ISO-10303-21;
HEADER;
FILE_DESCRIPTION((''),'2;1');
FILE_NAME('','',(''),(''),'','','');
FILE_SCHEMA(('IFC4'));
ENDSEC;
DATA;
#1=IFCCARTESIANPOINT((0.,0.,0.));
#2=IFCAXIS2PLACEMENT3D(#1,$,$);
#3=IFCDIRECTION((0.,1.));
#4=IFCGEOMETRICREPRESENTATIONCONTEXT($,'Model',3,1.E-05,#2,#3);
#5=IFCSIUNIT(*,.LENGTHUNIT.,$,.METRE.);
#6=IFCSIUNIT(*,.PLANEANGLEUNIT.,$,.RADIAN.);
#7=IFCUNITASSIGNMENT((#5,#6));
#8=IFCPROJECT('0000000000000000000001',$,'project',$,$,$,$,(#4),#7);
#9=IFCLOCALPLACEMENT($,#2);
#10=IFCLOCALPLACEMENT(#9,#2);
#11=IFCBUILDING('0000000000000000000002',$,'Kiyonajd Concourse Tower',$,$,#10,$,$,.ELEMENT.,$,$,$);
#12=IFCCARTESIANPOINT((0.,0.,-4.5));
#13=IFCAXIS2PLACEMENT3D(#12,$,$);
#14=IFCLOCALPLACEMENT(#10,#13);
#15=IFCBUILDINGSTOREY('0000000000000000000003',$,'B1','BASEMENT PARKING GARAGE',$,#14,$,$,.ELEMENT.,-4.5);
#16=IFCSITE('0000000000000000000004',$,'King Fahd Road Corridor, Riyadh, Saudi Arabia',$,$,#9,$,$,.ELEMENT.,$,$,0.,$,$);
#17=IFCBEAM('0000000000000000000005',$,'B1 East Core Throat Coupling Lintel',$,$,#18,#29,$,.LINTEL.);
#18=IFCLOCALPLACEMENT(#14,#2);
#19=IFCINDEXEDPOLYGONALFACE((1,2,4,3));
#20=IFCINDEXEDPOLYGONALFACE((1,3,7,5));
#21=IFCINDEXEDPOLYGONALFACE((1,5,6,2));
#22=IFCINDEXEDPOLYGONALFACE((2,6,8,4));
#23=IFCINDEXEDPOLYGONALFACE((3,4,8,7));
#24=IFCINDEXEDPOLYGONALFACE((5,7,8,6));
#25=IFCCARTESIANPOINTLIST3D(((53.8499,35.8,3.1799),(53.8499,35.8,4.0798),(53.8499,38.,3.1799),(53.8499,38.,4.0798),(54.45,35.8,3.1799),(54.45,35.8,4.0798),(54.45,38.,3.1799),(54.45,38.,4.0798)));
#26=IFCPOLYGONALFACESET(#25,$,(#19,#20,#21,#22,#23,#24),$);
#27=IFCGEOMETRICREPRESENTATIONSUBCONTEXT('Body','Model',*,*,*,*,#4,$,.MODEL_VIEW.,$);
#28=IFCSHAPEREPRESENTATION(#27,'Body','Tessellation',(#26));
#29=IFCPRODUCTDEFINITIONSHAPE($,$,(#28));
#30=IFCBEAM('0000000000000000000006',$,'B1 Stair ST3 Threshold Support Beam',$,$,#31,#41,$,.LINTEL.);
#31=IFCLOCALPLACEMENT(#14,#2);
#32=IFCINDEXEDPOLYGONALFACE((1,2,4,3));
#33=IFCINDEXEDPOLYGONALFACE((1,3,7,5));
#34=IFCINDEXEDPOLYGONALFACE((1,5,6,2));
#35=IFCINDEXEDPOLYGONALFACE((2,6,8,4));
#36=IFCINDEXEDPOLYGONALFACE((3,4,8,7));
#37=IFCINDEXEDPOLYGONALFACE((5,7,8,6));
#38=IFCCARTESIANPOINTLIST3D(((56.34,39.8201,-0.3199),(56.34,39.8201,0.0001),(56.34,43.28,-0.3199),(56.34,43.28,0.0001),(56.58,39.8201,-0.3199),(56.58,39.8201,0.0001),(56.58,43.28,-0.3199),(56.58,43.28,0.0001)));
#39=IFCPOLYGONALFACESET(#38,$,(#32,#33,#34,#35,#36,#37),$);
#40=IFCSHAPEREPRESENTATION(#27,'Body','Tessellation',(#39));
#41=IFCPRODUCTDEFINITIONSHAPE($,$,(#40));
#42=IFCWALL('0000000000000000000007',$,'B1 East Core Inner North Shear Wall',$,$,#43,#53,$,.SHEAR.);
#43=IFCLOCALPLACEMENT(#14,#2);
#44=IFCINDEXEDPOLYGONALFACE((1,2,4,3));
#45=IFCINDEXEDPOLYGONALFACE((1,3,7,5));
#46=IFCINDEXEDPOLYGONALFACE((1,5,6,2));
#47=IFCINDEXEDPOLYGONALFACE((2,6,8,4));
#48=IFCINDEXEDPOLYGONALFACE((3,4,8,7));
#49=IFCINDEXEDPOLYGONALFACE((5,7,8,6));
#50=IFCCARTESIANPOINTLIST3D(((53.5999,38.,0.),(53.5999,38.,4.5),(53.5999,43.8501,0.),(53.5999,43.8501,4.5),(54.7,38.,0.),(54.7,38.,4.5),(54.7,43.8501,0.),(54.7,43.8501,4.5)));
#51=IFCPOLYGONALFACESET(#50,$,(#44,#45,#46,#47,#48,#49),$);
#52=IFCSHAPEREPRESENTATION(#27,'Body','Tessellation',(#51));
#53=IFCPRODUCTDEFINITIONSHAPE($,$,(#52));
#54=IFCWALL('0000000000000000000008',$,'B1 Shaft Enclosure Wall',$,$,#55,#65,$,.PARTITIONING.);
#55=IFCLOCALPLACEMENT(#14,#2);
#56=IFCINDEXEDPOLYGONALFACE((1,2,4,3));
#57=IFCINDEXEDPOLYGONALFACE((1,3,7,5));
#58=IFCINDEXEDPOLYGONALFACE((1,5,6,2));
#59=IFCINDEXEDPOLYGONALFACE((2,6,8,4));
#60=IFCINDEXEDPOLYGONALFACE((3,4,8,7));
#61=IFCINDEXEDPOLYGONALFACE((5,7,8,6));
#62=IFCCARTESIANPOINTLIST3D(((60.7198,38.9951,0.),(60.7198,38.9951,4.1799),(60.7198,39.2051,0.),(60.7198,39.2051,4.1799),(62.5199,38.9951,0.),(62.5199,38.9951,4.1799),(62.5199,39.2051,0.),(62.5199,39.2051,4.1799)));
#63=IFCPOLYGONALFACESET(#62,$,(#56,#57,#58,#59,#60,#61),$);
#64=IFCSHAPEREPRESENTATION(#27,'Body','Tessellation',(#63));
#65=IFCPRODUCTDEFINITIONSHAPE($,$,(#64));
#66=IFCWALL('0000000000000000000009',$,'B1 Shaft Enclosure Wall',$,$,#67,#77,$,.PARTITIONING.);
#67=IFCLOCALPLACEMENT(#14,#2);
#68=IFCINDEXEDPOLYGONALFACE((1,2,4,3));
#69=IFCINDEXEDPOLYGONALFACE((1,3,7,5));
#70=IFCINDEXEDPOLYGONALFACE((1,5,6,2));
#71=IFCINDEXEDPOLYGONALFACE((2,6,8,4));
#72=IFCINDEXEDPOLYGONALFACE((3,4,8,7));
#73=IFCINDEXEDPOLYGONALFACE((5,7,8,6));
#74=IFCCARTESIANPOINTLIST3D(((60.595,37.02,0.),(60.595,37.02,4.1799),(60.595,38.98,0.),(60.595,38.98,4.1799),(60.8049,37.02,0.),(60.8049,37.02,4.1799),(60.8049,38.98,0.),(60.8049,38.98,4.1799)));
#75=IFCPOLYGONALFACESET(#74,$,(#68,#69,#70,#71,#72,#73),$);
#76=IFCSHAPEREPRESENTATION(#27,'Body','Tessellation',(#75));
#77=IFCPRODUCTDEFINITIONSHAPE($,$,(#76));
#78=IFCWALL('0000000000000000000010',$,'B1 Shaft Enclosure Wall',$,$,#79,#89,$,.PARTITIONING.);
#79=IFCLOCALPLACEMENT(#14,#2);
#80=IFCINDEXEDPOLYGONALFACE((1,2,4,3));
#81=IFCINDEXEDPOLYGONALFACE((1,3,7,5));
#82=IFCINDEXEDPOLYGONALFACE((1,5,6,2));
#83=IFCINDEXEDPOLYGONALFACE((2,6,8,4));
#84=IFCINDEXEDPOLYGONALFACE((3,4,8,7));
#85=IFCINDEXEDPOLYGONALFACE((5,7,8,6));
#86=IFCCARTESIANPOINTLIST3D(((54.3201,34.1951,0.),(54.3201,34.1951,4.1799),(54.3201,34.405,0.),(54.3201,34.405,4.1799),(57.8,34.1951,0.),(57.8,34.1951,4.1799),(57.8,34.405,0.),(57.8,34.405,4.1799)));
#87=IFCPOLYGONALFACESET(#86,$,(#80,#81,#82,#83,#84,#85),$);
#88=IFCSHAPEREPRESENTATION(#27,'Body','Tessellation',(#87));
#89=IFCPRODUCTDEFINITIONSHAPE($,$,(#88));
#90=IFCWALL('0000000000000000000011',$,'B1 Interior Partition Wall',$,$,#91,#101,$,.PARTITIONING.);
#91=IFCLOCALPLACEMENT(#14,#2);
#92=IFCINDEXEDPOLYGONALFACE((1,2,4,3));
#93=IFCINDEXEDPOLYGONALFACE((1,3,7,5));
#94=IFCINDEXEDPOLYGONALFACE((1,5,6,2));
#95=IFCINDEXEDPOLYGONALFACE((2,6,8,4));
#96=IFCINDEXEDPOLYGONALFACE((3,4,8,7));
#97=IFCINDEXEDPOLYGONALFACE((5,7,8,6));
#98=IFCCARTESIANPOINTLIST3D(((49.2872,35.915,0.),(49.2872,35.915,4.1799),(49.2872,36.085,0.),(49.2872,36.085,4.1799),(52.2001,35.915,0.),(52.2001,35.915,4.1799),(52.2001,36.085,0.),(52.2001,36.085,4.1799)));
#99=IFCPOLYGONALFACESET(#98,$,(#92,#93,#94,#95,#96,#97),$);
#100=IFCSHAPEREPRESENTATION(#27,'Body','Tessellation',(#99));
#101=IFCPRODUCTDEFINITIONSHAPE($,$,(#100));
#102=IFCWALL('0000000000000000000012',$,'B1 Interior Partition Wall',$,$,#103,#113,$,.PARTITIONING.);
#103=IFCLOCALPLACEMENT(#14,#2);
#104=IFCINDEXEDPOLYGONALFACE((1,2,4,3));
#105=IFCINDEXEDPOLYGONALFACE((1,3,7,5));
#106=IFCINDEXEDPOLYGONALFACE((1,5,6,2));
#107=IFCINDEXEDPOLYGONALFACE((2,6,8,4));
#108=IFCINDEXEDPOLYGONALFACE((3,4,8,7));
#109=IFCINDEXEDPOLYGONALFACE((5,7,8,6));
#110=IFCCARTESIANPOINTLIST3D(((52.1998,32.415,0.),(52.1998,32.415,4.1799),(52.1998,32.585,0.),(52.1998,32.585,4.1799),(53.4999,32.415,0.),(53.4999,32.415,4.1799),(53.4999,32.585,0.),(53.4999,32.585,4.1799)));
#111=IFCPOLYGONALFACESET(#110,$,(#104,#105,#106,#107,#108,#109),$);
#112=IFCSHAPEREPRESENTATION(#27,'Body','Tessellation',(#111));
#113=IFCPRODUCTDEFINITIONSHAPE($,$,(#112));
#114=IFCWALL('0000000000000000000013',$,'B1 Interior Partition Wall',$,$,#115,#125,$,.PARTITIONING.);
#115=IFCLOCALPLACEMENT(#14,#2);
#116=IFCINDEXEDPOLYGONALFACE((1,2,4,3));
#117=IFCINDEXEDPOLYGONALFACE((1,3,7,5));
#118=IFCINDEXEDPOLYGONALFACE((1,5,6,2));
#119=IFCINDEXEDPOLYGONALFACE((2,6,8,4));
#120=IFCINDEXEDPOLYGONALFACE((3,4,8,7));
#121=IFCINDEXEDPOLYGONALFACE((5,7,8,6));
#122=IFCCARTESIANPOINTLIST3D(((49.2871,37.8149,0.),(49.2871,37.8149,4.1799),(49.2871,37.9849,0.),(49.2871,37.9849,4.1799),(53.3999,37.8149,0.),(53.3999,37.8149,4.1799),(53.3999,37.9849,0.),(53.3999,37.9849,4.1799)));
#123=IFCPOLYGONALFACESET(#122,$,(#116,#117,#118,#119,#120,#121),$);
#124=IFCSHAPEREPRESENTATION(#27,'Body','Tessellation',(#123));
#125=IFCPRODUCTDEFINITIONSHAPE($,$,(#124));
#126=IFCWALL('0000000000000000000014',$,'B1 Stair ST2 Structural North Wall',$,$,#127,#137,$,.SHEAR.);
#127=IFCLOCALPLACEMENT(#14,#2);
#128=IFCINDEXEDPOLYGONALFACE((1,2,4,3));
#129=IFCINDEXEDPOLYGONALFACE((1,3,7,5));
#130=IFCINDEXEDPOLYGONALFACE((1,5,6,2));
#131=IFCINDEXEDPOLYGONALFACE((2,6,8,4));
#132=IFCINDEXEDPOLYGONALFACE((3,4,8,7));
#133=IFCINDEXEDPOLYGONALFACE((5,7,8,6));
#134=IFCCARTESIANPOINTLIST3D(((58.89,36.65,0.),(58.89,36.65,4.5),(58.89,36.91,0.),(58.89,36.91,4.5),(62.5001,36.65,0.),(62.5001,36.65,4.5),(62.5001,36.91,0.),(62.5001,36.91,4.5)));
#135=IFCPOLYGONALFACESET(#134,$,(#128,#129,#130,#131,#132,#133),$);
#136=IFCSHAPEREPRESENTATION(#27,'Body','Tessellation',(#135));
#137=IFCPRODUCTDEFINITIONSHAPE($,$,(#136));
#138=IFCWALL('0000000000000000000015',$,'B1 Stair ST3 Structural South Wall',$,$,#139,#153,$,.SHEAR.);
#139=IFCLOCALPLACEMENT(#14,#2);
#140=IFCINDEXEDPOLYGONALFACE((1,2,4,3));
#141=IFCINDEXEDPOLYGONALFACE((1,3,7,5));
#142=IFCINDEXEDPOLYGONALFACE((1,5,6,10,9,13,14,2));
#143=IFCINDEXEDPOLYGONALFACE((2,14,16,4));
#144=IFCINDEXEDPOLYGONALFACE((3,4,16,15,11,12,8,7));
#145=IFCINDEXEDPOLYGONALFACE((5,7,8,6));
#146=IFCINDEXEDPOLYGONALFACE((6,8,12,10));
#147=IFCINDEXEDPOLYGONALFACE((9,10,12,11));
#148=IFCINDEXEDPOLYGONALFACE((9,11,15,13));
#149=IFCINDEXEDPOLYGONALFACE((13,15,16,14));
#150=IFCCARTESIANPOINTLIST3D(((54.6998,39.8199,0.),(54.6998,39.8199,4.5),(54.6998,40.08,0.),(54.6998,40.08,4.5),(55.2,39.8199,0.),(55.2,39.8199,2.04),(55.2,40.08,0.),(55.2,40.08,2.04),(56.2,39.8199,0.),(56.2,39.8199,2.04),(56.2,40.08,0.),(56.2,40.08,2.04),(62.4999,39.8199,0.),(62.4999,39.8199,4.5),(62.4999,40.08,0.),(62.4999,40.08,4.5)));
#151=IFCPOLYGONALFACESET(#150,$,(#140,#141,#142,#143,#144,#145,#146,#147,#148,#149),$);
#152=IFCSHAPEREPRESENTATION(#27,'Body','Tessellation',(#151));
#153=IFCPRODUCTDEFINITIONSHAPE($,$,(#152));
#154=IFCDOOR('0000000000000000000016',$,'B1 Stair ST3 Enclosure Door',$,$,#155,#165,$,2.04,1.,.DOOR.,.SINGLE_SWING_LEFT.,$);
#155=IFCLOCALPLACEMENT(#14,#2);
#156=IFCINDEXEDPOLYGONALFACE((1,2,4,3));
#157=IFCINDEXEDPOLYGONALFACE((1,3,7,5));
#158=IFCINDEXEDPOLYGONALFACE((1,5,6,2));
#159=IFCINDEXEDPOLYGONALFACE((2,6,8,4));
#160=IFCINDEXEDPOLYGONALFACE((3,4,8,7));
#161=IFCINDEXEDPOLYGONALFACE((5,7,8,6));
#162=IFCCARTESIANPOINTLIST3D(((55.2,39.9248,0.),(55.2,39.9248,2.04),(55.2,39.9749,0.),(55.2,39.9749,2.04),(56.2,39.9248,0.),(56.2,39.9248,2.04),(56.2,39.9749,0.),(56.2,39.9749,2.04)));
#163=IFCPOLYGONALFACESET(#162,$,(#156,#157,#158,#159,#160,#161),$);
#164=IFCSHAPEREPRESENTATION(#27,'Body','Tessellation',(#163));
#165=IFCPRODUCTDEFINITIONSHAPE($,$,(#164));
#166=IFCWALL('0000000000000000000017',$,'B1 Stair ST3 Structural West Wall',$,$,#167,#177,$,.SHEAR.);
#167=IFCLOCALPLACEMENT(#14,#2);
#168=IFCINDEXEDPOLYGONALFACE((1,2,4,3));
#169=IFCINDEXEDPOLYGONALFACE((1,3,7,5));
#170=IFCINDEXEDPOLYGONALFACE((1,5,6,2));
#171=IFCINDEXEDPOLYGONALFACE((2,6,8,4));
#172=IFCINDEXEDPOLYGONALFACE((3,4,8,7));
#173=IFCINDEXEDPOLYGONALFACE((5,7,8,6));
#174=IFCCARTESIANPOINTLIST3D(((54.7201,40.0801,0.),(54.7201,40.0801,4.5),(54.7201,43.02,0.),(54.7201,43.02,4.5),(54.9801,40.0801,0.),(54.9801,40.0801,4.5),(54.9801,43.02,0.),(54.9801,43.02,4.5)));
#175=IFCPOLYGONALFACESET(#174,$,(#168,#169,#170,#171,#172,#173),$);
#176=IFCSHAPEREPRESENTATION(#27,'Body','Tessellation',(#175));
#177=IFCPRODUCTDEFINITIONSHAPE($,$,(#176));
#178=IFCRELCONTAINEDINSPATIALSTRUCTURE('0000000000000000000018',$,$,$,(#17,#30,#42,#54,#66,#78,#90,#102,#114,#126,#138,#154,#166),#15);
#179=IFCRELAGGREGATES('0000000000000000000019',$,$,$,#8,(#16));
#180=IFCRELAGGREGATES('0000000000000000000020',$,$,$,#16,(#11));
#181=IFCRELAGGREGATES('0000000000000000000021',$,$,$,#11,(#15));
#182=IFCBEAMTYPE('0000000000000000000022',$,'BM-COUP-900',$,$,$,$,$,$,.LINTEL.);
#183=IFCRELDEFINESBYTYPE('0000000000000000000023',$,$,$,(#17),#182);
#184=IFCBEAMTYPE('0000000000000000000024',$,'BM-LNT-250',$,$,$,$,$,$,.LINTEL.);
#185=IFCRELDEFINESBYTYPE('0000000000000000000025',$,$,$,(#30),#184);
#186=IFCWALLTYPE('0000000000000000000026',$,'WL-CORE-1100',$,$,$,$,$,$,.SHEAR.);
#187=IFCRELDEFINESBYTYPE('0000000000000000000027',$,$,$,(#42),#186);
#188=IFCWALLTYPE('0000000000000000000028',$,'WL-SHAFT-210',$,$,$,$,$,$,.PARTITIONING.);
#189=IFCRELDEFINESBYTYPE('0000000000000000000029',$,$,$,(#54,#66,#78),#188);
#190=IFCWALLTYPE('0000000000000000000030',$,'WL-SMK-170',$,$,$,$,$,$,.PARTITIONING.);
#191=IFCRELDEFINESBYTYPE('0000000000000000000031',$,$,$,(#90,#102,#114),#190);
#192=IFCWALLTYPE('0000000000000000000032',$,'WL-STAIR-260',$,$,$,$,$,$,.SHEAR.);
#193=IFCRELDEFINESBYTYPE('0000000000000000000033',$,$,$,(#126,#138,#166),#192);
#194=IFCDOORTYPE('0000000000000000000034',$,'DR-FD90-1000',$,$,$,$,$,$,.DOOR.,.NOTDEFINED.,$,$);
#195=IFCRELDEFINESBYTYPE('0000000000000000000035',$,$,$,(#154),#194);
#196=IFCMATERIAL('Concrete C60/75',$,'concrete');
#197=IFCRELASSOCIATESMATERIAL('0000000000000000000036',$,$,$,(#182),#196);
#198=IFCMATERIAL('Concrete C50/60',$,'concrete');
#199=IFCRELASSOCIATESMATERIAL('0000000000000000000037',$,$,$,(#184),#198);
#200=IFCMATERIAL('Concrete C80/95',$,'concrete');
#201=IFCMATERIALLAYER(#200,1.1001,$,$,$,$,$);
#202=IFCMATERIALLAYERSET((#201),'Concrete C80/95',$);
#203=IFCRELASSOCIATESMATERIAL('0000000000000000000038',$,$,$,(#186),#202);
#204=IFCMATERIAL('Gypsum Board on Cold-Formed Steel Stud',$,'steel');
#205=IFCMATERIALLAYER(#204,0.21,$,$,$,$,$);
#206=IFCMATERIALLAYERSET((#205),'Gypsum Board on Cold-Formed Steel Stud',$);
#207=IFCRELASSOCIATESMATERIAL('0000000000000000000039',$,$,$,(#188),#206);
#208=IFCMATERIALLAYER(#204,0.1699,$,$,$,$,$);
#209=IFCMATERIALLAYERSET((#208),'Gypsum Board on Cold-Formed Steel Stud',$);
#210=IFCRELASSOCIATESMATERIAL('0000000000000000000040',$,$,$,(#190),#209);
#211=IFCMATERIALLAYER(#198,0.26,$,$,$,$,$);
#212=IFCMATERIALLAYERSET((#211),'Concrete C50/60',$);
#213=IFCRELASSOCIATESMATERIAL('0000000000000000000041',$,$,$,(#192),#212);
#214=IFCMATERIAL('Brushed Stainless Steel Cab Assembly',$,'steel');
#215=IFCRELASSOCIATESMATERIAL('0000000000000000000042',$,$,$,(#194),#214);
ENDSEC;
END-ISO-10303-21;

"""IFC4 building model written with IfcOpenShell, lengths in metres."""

from ifc_helpers import new_model, si_unit, direction, frame, frame_2d, origin, origin_2d, place, context, subcontext, project, spatial, rectangle, extrude, material, layer, layer_set, material_profile, profile_set, type_object, element, fill, save


model = new_model("IFC4")

# Units and contexts
model_context = context("Model", 3, precision=1e-05, world=origin(), true_north=direction((0.0, 1.0)))
body_context = subcontext(model_context, "Body", "Model", "MODEL_VIEW")
ifc_project = project(units=[si_unit("LENGTHUNIT", "METRE"), si_unit("PLANEANGLEUNIT", "RADIAN")], contexts=[model_context])

# Site, building, storey
site_placement = place(None, origin())
site = spatial("IfcSite", under=ifc_project, at=site_placement, Name="King Fahd Road Corridor, Riyadh, Saudi Arabia", CompositionType="ELEMENT", RefElevation=0.0)
building_placement = place(site_placement, origin())
building = spatial("IfcBuilding", under=site, at=building_placement, Name="Kiyonajd Concourse Tower", CompositionType="ELEMENT")
storey_placement = place(building_placement, frame((0.0, 0.0, -4.5)))
storey = spatial("IfcBuildingStorey", under=building, at=storey_placement, Name="B1", Description="BASEMENT PARKING GARAGE", CompositionType="ELEMENT", Elevation=-4.5)

# Beams
ifc_material_1 = material(Name="Concrete C60/75", Category="concrete")
ifc_material_profile_1 = material_profile(ifc_material_1, rectangle(XDim=0.6001, YDim=0.8999, at=origin_2d()), Name="RCBM-600x900")
ifc_profile_set_1 = profile_set([ifc_material_profile_1], Name="Concrete C60/75")
beam_type_1 = type_object("IfcBeamType", Name="BM-COUP-900", PredefinedType="LINTEL", material=ifc_profile_set_1)
beam_1_placement = place(storey_placement, frame((54.1499, 35.8, 3.6299), z_axis=(0.0, 1.0, 0.0), x_axis=(-1.0, 0.0, 0.0)))
element("IfcBeam", 1, at=beam_1_placement, inside=storey, type_object=beam_type_1, Name="B1 East Core Throat Coupling Lintel", PredefinedType="LINTEL", context=body_context, shape_type="SweptSolid", body=[
    extrude(rectangle(XDim=0.6001, YDim=0.8999, at=origin_2d()), origin(), (0.0, 0.0, 1.0), 2.2),
])
ifc_material_2 = material(Name="Concrete C50/60", Category="concrete")
ifc_material_profile_2 = material_profile(ifc_material_2, rectangle(XDim=0.24, YDim=0.3201, at=origin_2d()), Name="RCBM-240x320")
ifc_profile_set_2 = profile_set([ifc_material_profile_2], Name="Concrete C50/60")
beam_type_2 = type_object("IfcBeamType", Name="BM-LNT-250", PredefinedType="LINTEL", material=ifc_profile_set_2)
beam_2_placement = place(storey_placement, frame((56.46, 39.8201, -0.1599), z_axis=(0.0, 1.0, 0.0), x_axis=(-1.0, 0.0, 0.0)))
element("IfcBeam", 2, at=beam_2_placement, inside=storey, type_object=beam_type_2, Name="B1 Stair ST3 Threshold Support Beam", PredefinedType="LINTEL", context=body_context, shape_type="SweptSolid", body=[
    extrude(rectangle(XDim=0.24, YDim=0.3201, at=origin_2d()), origin(), (0.0, 0.0, 1.0), 3.46),
])

# Walls
ifc_material_3 = material(Name="Concrete C80/95", Category="concrete")
ifc_layer_1 = layer(ifc_material_3, 1.1001)
ifc_layer_set_1 = layer_set([ifc_layer_1], Name="Concrete C80/95")
wall_type_1 = type_object("IfcWallType", Name="WL-CORE-1100", PredefinedType="SHEAR", material=ifc_layer_set_1)
wall_1_placement = place(storey_placement, frame((54.1499, 38.0, 0.0), z_axis=(0.0, 0.0, 1.0), x_axis=(0.0, 1.0, 0.0)))
element("IfcWall", 3, at=wall_1_placement, inside=storey, type_object=wall_type_1, Name="B1 East Core Inner North Shear Wall", PredefinedType="SHEAR", context=body_context, shape_type="SweptSolid", body=[
    extrude(rectangle(XDim=5.8501, YDim=1.1001, at=frame_2d((2.925, 0.0))), origin(), (0.0, 0.0, 1.0), 4.5),
])
ifc_material_4 = material(Name="Gypsum Board on Cold-Formed Steel Stud", Category="steel")
ifc_layer_2 = layer(ifc_material_4, 0.21)
ifc_layer_set_2 = layer_set([ifc_layer_2], Name="Gypsum Board on Cold-Formed Steel Stud")
wall_type_2 = type_object("IfcWallType", Name="WL-SHAFT-210", PredefinedType="PARTITIONING", material=ifc_layer_set_2)
wall_2_placement = place(storey_placement, frame((60.72, 39.1001, 0.0), z_axis=(0.0, 0.0, 1.0), x_axis=(1.0, 0.0, 0.0)))
element("IfcWall", 4, at=wall_2_placement, inside=storey, type_object=wall_type_2, Name="B1 Shaft Enclosure Wall", PredefinedType="PARTITIONING", context=body_context, shape_type="SweptSolid", body=[
    extrude(rectangle(XDim=1.8, YDim=0.21, at=frame_2d((0.8999, 0.0))), origin(), (0.0, 0.0, 1.0), 4.1799),
])
wall_3_placement = place(storey_placement, frame((60.7, 37.02, 0.0), z_axis=(0.0, 0.0, 1.0), x_axis=(0.0, 1.0, 0.0)))
element("IfcWall", 5, at=wall_3_placement, inside=storey, type_object=wall_type_2, Name="B1 Shaft Enclosure Wall", PredefinedType="PARTITIONING", context=body_context, shape_type="SweptSolid", body=[
    extrude(rectangle(XDim=1.96, YDim=0.21, at=frame_2d((0.98, 0.0))), origin(), (0.0, 0.0, 1.0), 4.1799),
])
wall_4_placement = place(storey_placement, frame((54.3201, 34.3, 0.0), z_axis=(0.0, 0.0, 1.0), x_axis=(1.0, 0.0, 0.0)))
element("IfcWall", 6, at=wall_4_placement, inside=storey, type_object=wall_type_2, Name="B1 Shaft Enclosure Wall", PredefinedType="PARTITIONING", context=body_context, shape_type="SweptSolid", body=[
    extrude(rectangle(XDim=3.48, YDim=0.21, at=frame_2d((1.74, 0.0))), origin(), (0.0, 0.0, 1.0), 4.1799),
])
ifc_layer_3 = layer(ifc_material_4, 0.1699)
ifc_layer_set_3 = layer_set([ifc_layer_3], Name="Gypsum Board on Cold-Formed Steel Stud")
wall_type_3 = type_object("IfcWallType", Name="WL-SMK-170", PredefinedType="PARTITIONING", material=ifc_layer_set_3)
wall_5_placement = place(storey_placement, frame((49.2871, 36.0, 0.0), z_axis=(0.0, 0.0, 1.0), x_axis=(1.0, 0.0, 0.0)))
element("IfcWall", 7, at=wall_5_placement, inside=storey, type_object=wall_type_3, Name="B1 Interior Partition Wall", PredefinedType="PARTITIONING", context=body_context, shape_type="SweptSolid", body=[
    extrude(rectangle(XDim=2.9128, YDim=0.1699, at=frame_2d((1.4565, 0.0))), origin(), (0.0, 0.0, 1.0), 4.1799),
])
wall_6_placement = place(storey_placement, frame((52.2, 32.5, 0.0), z_axis=(0.0, 0.0, 1.0), x_axis=(1.0, 0.0, 0.0)))
element("IfcWall", 8, at=wall_6_placement, inside=storey, type_object=wall_type_3, Name="B1 Interior Partition Wall", PredefinedType="PARTITIONING", context=body_context, shape_type="SweptSolid", body=[
    extrude(rectangle(XDim=1.3, YDim=0.1699, at=frame_2d((0.6499, 0.0))), origin(), (0.0, 0.0, 1.0), 4.1799),
])
wall_7_placement = place(storey_placement, frame((49.2871, 37.8999, 0.0), z_axis=(0.0, 0.0, 1.0), x_axis=(1.0, 0.0, 0.0)))
element("IfcWall", 9, at=wall_7_placement, inside=storey, type_object=wall_type_3, Name="B1 Interior Partition Wall", PredefinedType="PARTITIONING", context=body_context, shape_type="SweptSolid", body=[
    extrude(rectangle(XDim=4.1128, YDim=0.1699, at=frame_2d((2.0564, 0.0))), origin(), (0.0, 0.0, 1.0), 4.1799),
])
ifc_layer_4 = layer(ifc_material_2, 0.26)
ifc_layer_set_4 = layer_set([ifc_layer_4], Name="Concrete C50/60")
wall_type_4 = type_object("IfcWallType", Name="WL-STAIR-260", PredefinedType="SHEAR", material=ifc_layer_set_4)
wall_8_placement = place(storey_placement, frame((58.8899, 36.78, 0.0), z_axis=(0.0, 0.0, 1.0), x_axis=(1.0, 0.0, 0.0)))
element("IfcWall", 10, at=wall_8_placement, inside=storey, type_object=wall_type_4, Name="B1 Stair ST2 Structural North Wall", PredefinedType="SHEAR", context=body_context, shape_type="SweptSolid", body=[
    extrude(rectangle(XDim=3.6101, YDim=0.26, at=frame_2d((1.8052, 0.0))), origin(), (0.0, 0.0, 1.0), 4.5),
])

# Wall, opening, door
wall_9_placement = place(storey_placement, frame((54.7, 39.95, 0.0), z_axis=(0.0, 0.0, 1.0), x_axis=(1.0, 0.0, 0.0)))
wall_9 = element("IfcWall", 11, at=wall_9_placement, inside=storey, type_object=wall_type_4, Name="B1 Stair ST3 Structural South Wall", PredefinedType="SHEAR", context=body_context, shape_type="SweptSolid", body=[
    extrude(rectangle(XDim=7.8, YDim=0.26, at=frame_2d((3.8999, 0.0))), origin(), (0.0, 0.0, 1.0), 4.5),
])
opening_placement = place(wall_9_placement, frame((0.5, 0.0, 0.0)))
opening = element("IfcOpeningElement", 12, at=opening_placement, cuts=wall_9, PredefinedType="OPENING", context=body_context, shape_type="SweptSolid", body=[
    extrude(rectangle(XDim=1.0, YDim=2.04, at=frame_2d((0.5, 1.02))), frame((0.0, 0.1399, 0.0), z_axis=(0.0, -1.0, 0.0), x_axis=(1.0, 0.0, 0.0)), (0.0, 0.0, 1.0), 0.28),
])
ifc_material_5 = material(Name="Brushed Stainless Steel Cab Assembly", Category="steel")
door_type = type_object("IfcDoorType", Name="DR-FD90-1000", OperationType="NOTDEFINED", PredefinedType="DOOR", material=ifc_material_5)
door_placement = place(opening_placement, origin())
door = element("IfcDoor", 13, at=door_placement, inside=storey, type_object=door_type, Name="B1 Stair ST3 Enclosure Door", OperationType="SINGLE_SWING_LEFT", OverallHeight=2.04, OverallWidth=1.0, PredefinedType="DOOR", context=body_context, shape_type="SweptSolid", body=[
    extrude(rectangle(XDim=1.0, YDim=2.04, at=frame_2d((0.5, 1.02))), frame((0.0, 0.0249, 0.0), z_axis=(0.0, -1.0, 0.0), x_axis=(1.0, 0.0, 0.0)), (0.0, 0.0, 1.0), 0.05),
])
fill(opening, door)

# Wall
for number, where, z_axis, x_axis, name in (
    (14, (54.8501, 40.0801, 0.0), (0.0, 0.0, 1.0), (0.0, 1.0, 0.0), "B1 Stair ST3 Structural West Wall"),
):
    element("IfcWall", number, at=place(storey_placement, frame(where, z_axis=z_axis, x_axis=x_axis)), inside=storey, type_object=wall_type_4, Name=name, PredefinedType="SHEAR", context=body_context, shape_type="SweptSolid", body=[
        extrude(rectangle(XDim=2.9399, YDim=0.26, at=frame_2d((1.47, 0.0))), origin(), (0.0, 0.0, 1.0), 4.5),
    ])

save(model, "model.ifc")
